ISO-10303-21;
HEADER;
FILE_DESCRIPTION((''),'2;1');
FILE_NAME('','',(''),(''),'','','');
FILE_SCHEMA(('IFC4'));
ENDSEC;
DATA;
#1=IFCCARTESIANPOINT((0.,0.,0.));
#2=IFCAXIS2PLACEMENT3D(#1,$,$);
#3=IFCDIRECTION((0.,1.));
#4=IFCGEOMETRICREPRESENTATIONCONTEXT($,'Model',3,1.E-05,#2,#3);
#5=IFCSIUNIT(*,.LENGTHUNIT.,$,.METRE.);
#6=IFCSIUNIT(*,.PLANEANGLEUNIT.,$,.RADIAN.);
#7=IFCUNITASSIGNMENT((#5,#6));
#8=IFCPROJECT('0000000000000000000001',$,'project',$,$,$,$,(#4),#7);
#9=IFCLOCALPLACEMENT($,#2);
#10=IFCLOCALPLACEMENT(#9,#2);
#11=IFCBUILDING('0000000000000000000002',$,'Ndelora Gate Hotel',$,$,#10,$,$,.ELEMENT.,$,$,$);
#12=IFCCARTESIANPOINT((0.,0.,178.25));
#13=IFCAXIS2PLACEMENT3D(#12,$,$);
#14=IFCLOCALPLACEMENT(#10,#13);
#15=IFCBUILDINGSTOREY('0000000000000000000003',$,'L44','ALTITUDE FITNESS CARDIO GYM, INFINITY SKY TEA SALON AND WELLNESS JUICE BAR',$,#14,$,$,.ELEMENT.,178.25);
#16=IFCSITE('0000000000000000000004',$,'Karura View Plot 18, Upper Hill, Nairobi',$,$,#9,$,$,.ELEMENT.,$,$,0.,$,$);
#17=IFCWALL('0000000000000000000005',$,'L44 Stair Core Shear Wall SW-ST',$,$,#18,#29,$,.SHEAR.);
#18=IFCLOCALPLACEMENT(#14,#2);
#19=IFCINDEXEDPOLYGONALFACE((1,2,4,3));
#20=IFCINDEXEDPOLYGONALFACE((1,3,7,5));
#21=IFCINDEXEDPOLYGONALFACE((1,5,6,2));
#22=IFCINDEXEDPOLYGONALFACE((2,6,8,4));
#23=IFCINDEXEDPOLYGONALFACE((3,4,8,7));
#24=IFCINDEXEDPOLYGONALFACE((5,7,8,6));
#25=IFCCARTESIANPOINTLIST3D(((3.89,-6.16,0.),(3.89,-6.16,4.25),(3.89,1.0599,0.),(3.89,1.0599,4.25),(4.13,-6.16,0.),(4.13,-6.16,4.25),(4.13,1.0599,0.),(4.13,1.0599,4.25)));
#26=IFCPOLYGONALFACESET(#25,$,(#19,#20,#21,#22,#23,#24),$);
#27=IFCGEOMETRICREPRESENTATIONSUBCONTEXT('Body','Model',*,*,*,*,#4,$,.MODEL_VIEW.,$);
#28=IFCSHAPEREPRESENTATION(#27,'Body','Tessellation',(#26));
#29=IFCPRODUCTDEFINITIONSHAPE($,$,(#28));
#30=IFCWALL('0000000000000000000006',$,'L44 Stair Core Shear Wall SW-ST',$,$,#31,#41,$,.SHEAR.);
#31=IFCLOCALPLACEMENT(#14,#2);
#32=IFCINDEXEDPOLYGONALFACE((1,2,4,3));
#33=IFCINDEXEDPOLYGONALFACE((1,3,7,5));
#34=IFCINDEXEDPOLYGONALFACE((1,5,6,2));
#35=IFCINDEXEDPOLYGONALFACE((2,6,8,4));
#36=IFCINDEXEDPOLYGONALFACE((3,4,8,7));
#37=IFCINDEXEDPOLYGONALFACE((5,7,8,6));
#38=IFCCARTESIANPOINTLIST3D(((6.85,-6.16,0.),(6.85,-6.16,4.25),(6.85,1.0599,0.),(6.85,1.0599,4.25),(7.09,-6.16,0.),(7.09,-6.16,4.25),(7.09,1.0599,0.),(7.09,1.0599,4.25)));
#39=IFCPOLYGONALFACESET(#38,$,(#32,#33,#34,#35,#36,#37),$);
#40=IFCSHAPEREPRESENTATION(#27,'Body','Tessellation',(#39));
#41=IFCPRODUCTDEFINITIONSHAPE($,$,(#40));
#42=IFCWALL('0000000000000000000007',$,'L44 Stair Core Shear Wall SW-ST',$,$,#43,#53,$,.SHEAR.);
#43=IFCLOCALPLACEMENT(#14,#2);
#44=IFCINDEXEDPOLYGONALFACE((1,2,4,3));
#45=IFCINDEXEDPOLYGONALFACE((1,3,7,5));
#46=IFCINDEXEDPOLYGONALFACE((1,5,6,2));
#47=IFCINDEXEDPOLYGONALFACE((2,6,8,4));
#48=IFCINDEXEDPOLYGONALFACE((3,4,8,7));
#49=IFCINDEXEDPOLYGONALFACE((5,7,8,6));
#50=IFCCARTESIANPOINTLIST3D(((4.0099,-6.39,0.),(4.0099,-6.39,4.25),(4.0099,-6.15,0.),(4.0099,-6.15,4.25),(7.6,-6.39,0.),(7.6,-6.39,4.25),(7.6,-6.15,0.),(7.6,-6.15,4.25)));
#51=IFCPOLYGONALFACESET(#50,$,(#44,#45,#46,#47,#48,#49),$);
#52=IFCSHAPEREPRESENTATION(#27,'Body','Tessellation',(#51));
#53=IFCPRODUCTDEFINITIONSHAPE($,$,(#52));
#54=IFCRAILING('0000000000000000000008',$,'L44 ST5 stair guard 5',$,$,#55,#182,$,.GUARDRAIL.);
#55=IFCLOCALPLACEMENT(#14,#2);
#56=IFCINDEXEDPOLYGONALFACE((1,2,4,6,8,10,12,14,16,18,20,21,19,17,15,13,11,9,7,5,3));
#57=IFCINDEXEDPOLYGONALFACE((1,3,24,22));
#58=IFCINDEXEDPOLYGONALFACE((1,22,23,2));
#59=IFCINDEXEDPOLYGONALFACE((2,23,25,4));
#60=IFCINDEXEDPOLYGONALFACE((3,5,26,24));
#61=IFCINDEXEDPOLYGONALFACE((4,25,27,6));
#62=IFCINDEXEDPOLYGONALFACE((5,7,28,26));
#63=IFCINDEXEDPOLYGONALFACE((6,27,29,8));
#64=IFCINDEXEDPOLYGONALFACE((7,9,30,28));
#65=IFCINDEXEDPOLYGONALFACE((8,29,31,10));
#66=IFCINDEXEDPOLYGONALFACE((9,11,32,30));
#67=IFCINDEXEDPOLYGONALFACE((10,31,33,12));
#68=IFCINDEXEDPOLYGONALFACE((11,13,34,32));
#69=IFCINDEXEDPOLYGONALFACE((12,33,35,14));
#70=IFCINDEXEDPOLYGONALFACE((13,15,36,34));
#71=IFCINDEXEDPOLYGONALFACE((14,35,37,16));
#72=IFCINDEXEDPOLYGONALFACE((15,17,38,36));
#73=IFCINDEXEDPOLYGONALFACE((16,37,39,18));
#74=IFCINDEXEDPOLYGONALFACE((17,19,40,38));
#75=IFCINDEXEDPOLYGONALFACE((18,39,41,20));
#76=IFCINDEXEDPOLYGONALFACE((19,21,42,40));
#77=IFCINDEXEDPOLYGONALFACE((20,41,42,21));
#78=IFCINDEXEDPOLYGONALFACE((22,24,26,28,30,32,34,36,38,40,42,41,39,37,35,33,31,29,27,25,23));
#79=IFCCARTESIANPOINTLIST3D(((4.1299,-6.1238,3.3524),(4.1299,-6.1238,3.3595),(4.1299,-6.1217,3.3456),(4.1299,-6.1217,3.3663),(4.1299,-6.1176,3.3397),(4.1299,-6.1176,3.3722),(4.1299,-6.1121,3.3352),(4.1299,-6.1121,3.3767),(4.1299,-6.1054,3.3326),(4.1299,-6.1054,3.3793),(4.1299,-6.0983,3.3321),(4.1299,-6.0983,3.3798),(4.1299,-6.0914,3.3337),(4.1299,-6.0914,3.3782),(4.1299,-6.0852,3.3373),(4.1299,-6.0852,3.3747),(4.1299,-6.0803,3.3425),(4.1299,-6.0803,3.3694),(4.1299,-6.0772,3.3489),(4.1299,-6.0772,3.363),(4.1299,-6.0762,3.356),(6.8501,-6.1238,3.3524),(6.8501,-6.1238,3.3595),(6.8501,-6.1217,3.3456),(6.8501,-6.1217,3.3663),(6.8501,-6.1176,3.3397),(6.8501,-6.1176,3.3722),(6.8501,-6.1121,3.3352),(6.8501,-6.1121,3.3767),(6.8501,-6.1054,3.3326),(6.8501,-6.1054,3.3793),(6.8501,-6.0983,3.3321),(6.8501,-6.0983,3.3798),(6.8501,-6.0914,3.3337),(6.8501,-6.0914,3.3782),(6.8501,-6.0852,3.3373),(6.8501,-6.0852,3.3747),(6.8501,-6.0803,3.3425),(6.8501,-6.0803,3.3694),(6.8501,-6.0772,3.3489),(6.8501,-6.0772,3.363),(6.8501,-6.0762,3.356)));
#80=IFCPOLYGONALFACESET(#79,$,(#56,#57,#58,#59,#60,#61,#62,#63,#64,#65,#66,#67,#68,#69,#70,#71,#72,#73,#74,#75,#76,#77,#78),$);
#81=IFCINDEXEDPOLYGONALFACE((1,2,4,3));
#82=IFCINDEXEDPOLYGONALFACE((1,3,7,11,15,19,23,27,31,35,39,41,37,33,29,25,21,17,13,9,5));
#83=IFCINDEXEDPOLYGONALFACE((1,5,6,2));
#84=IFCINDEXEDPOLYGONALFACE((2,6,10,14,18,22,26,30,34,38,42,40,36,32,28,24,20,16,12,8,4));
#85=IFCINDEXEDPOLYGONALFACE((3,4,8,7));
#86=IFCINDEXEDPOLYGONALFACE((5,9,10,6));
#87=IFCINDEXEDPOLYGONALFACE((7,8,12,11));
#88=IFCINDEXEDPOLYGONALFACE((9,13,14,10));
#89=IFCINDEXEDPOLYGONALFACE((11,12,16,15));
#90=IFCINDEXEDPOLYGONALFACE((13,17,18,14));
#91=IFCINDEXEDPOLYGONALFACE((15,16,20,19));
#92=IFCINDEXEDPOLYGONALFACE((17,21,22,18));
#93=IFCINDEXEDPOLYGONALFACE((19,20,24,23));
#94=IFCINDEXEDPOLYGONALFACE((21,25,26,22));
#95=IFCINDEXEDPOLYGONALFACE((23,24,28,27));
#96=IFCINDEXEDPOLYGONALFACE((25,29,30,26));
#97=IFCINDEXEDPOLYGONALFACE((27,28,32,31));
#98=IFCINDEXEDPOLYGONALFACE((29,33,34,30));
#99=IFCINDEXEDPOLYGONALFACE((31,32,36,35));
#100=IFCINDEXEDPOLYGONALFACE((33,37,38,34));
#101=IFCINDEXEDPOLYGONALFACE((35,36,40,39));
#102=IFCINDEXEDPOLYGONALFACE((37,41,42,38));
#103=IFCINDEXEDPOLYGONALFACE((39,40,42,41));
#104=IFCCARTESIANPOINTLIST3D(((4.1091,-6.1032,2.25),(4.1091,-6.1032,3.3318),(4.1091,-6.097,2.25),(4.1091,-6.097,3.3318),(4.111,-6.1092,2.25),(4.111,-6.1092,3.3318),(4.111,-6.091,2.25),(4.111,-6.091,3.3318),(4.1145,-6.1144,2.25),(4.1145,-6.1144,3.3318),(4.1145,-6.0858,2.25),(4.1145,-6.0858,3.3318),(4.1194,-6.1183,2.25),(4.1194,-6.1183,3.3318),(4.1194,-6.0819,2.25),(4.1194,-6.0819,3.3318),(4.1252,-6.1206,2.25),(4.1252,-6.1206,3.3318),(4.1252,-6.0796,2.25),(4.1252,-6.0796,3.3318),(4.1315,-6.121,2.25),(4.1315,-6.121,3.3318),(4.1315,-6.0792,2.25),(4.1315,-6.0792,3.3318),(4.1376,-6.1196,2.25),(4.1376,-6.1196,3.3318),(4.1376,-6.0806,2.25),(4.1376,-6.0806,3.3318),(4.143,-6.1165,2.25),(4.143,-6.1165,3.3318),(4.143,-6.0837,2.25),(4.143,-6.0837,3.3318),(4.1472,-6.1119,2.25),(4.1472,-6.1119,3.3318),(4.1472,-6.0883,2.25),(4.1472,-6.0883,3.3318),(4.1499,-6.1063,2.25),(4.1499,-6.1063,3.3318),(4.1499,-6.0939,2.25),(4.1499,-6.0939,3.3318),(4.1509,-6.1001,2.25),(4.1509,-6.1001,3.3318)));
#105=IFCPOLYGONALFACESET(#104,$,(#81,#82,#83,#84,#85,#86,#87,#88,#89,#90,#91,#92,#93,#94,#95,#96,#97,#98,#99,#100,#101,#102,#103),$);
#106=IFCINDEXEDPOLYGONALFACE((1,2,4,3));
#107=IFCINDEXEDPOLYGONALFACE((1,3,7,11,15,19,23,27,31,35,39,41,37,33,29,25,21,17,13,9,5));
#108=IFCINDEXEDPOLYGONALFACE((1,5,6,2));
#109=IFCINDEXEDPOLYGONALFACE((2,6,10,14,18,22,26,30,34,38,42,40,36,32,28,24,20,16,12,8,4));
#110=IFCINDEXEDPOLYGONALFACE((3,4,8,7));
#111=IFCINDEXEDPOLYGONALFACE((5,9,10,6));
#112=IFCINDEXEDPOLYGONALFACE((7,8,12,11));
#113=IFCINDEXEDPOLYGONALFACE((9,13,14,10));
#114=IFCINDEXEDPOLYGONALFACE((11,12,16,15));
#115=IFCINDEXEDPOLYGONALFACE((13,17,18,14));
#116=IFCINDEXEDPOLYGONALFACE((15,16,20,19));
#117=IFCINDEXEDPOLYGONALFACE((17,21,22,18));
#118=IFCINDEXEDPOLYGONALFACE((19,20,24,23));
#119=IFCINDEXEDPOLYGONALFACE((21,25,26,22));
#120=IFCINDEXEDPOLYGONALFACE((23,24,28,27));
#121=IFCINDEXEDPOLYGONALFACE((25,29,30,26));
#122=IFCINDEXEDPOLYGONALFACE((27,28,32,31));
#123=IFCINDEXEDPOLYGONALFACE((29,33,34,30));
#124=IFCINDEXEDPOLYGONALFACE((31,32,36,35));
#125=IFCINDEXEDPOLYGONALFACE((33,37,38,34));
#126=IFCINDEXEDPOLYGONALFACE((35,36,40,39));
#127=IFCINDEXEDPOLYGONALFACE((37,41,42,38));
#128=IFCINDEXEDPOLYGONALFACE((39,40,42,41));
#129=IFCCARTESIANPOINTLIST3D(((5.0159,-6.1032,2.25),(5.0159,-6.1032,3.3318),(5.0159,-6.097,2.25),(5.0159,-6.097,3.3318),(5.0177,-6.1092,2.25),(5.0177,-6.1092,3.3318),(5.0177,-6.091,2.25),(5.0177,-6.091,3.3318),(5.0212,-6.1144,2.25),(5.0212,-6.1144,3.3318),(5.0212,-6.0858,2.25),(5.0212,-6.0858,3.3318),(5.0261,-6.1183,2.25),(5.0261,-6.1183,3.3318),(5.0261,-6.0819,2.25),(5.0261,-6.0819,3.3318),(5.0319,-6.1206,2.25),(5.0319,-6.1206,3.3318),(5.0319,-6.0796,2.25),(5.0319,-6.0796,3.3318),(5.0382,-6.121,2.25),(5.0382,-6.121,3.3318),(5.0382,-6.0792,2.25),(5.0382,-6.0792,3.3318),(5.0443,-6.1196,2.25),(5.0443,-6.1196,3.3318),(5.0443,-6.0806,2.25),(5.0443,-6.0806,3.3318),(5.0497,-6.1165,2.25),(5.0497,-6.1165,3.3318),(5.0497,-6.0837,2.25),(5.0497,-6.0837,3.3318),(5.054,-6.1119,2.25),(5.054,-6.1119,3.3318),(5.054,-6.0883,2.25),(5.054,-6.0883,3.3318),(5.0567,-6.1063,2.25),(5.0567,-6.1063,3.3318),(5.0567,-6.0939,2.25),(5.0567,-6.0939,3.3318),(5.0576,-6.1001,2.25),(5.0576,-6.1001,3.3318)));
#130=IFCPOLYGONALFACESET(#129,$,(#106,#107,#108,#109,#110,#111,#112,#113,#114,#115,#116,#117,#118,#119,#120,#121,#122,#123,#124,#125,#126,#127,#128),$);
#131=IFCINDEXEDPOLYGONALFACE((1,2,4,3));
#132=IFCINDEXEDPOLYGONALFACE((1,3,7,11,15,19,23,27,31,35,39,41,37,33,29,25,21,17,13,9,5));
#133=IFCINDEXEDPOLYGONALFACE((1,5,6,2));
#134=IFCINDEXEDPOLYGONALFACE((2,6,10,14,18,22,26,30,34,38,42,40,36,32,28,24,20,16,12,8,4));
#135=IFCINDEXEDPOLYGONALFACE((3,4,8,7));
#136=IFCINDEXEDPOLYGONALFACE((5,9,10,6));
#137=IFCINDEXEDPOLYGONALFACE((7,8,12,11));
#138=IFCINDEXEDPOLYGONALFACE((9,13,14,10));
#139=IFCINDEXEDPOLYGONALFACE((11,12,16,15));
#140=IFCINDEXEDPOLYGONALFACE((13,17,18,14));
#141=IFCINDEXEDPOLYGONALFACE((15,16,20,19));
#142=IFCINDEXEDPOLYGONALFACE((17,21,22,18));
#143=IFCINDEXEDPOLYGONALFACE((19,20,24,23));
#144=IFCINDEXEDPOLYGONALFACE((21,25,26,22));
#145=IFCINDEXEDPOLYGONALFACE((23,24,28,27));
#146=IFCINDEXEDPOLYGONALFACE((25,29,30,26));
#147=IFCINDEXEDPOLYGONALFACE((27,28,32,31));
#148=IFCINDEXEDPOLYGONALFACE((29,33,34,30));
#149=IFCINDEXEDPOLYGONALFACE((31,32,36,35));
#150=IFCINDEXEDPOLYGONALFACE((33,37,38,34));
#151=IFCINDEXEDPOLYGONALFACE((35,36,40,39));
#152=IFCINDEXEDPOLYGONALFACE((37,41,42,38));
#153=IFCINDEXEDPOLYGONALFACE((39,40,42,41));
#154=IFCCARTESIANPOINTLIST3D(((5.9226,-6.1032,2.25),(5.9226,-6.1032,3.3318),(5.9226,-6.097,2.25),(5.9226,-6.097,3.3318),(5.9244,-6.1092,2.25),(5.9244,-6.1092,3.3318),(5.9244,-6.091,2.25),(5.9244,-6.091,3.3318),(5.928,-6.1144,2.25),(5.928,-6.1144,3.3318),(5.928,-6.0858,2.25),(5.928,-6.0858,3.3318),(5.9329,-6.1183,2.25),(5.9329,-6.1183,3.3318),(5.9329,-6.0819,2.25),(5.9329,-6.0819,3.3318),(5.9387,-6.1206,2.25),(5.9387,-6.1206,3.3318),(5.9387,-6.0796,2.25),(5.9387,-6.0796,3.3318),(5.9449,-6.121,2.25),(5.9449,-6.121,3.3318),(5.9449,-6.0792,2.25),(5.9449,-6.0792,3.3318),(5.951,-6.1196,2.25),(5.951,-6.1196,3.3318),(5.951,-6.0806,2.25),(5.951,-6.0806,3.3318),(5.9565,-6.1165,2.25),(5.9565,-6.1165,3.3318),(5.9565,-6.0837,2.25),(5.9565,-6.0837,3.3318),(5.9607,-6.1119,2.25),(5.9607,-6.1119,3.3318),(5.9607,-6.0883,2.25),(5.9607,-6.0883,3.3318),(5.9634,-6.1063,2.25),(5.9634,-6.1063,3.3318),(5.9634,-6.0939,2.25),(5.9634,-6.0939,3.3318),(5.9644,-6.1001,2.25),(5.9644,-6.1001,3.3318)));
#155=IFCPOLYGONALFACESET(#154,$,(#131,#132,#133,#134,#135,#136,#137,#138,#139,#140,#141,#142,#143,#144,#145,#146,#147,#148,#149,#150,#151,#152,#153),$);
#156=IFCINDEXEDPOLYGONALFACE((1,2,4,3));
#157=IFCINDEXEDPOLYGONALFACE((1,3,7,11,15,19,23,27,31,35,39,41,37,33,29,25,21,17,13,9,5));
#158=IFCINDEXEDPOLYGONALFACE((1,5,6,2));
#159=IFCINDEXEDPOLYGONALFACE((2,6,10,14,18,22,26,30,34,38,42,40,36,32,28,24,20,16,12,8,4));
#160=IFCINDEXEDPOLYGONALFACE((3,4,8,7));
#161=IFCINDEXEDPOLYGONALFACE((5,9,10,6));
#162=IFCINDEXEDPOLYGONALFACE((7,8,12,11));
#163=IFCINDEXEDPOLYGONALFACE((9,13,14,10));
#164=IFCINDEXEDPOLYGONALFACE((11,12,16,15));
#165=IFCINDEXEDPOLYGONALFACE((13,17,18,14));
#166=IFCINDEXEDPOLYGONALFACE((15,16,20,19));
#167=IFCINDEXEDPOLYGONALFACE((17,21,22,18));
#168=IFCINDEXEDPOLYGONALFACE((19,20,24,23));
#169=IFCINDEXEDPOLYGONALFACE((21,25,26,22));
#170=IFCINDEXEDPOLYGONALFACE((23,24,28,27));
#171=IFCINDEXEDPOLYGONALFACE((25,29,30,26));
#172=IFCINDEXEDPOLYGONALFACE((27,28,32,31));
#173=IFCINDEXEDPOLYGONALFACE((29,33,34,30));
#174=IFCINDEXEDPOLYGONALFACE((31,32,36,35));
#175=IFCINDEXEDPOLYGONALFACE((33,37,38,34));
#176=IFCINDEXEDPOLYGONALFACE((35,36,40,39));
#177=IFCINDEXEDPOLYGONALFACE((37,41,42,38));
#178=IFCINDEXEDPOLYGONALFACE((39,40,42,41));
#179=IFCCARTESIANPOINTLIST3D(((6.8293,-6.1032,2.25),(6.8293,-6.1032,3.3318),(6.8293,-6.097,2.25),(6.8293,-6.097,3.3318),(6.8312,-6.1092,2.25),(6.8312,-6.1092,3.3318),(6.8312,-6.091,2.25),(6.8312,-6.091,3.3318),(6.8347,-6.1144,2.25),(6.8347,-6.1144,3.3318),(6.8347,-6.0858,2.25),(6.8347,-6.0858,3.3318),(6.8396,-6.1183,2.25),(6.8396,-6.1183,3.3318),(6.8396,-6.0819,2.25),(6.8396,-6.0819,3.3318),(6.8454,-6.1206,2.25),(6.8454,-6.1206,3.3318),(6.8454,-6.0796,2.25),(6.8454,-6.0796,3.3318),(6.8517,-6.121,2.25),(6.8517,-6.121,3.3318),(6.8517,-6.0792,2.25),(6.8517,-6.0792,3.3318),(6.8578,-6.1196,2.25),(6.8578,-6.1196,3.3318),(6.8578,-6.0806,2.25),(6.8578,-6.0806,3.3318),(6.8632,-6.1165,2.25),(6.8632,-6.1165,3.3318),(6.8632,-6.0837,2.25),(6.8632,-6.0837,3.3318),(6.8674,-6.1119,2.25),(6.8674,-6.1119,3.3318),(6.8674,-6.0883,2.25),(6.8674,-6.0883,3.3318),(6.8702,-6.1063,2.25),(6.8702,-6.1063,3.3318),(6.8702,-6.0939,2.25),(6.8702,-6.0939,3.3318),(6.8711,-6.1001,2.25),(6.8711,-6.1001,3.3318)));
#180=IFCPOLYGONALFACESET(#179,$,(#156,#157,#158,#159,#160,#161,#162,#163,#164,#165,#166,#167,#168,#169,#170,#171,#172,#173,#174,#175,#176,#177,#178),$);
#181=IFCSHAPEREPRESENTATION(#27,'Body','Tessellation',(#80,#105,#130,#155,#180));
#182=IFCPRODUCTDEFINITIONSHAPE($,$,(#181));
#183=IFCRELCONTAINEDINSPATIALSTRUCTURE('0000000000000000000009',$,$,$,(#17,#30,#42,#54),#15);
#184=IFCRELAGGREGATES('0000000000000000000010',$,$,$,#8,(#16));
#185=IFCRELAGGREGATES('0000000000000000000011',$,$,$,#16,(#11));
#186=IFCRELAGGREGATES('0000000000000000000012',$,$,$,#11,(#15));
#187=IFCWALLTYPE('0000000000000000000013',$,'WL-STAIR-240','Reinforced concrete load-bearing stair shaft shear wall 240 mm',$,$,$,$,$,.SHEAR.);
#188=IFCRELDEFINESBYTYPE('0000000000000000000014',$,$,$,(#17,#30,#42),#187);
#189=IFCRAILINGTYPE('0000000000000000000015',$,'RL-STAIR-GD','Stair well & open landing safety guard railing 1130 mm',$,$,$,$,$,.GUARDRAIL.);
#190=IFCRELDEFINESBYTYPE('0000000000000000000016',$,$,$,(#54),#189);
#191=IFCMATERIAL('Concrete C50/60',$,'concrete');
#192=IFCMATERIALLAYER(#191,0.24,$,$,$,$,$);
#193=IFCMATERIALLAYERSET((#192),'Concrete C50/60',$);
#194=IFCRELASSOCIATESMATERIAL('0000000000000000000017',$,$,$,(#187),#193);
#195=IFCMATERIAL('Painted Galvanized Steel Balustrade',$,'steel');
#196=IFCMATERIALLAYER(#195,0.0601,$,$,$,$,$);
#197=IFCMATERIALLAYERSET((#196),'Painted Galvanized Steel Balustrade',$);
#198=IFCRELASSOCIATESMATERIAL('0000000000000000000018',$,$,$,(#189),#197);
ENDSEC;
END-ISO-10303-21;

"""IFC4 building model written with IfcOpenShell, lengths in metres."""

from ifc_helpers import new_model, si_unit, direction, frame, frame_2d, origin, origin_2d, place, context, subcontext, project, spatial, rectangle, circle, extrude, material, layer, layer_set, type_object, element, save


model = new_model("IFC4")

# Units and contexts
model_context = context("Model", 3, precision=1e-05, world=origin(), true_north=direction((0.0, 1.0)))
body_context = subcontext(model_context, "Body", "Model", "MODEL_VIEW")
ifc_project = project(units=[si_unit("LENGTHUNIT", "METRE"), si_unit("PLANEANGLEUNIT", "RADIAN")], contexts=[model_context])

# Site, building, storey
site_placement = place(None, origin())
site = spatial("IfcSite", under=ifc_project, at=site_placement, Name="Karura View Plot 18, Upper Hill, Nairobi", CompositionType="ELEMENT", RefElevation=0.0)
building_placement = place(site_placement, origin())
building = spatial("IfcBuilding", under=site, at=building_placement, Name="Ndelora Gate Hotel", CompositionType="ELEMENT")
storey_placement = place(building_placement, frame((0.0, 0.0, 178.25)))
storey = spatial("IfcBuildingStorey", under=building, at=storey_placement, Name="L44", Description="ALTITUDE FITNESS CARDIO GYM, INFINITY SKY TEA SALON AND WELLNESS JUICE BAR", CompositionType="ELEMENT", Elevation=178.25)

# Shared definitions
ifc_material_1 = material(Name="Concrete C50/60", Category="concrete")

# Walls
ifc_layer_1 = layer(ifc_material_1, 0.24)
ifc_layer_set_1 = layer_set([ifc_layer_1], Name="Concrete C50/60")
wall_type_1 = type_object("IfcWallType", Name="WL-STAIR-240", Description="Reinforced concrete load-bearing stair shaft shear wall 240 mm", PredefinedType="SHEAR", material=ifc_layer_set_1)
for number, where, z_axis, x_axis, name in (
    (1, (4.01, -6.1599, 0.0), (0.0, 0.0, 1.0), (0.0, 1.0, 0.0), "L44 Stair Core Shear Wall SW-ST"),
    (2, (6.97, -6.1599, 0.0), (0.0, 0.0, 1.0), (0.0, 1.0, 0.0), "L44 Stair Core Shear Wall SW-ST"),
):
    element("IfcWall", number, at=place(storey_placement, frame(where, z_axis=z_axis, x_axis=x_axis)), inside=storey, type_object=wall_type_1, Name=name, PredefinedType="SHEAR", context=body_context, shape_type="SweptSolid", body=[
        extrude(rectangle(XDim=7.22, YDim=0.24, at=frame_2d((3.6099, 0.0))), origin(), (0.0, 0.0, 1.0), 4.25),
    ])
wall_1_placement = place(storey_placement, frame((4.01, -6.27, 0.0), z_axis=(0.0, 0.0, 1.0), x_axis=(1.0, 0.0, 0.0)))
element("IfcWall", 3, at=wall_1_placement, inside=storey, type_object=wall_type_1, Name="L44 Stair Core Shear Wall SW-ST", PredefinedType="SHEAR", context=body_context, shape_type="SweptSolid", body=[
    extrude(rectangle(XDim=3.5901, YDim=0.24, at=frame_2d((1.7949, 0.0))), origin(), (0.0, 0.0, 1.0), 4.25),
])

# Railing
ifc_material_2 = material(Name="Painted Galvanized Steel Balustrade", Category="steel")
ifc_layer_2 = layer(ifc_material_2, 0.0601)
ifc_layer_set_2 = layer_set([ifc_layer_2], Name="Painted Galvanized Steel Balustrade")
railing_type = type_object("IfcRailingType", Name="RL-STAIR-GD", Description="Stair well & open landing safety guard railing 1130 mm", PredefinedType="GUARDRAIL", material=ifc_layer_set_2)
railing_1_placement = place(storey_placement, frame((4.1299, -6.1001, 2.25)))
element("IfcRailing", 4, at=railing_1_placement, inside=storey, type_object=railing_type, Name="L44 ST5 stair guard 5", PredefinedType="GUARDRAIL", context=body_context, shape_type="SweptSolid", body=[
    extrude(circle(Radius=0.0239, at=origin_2d()), frame((0.0, 0.0, 1.106), z_axis=(1.0, 0.0, 0.0), x_axis=(0.0, 1.0, 0.0)), (0.0, 0.0, 1.0), 2.7202),
    extrude(circle(Radius=0.021, at=origin_2d()), origin(), (0.0, 0.0, 1.0), 1.0818),
    extrude(circle(Radius=0.021, at=origin_2d()), frame((0.9067, 0.0, 0.0)), (0.0, 0.0, 1.0), 1.0818),
    extrude(circle(Radius=0.021, at=origin_2d()), frame((1.8135, 0.0, 0.0)), (0.0, 0.0, 1.0), 1.0818),
    extrude(circle(Radius=0.021, at=origin_2d()), frame((2.7202, 0.0, 0.0)), (0.0, 0.0, 1.0), 1.0818),
])

save(model, "model.ifc")
